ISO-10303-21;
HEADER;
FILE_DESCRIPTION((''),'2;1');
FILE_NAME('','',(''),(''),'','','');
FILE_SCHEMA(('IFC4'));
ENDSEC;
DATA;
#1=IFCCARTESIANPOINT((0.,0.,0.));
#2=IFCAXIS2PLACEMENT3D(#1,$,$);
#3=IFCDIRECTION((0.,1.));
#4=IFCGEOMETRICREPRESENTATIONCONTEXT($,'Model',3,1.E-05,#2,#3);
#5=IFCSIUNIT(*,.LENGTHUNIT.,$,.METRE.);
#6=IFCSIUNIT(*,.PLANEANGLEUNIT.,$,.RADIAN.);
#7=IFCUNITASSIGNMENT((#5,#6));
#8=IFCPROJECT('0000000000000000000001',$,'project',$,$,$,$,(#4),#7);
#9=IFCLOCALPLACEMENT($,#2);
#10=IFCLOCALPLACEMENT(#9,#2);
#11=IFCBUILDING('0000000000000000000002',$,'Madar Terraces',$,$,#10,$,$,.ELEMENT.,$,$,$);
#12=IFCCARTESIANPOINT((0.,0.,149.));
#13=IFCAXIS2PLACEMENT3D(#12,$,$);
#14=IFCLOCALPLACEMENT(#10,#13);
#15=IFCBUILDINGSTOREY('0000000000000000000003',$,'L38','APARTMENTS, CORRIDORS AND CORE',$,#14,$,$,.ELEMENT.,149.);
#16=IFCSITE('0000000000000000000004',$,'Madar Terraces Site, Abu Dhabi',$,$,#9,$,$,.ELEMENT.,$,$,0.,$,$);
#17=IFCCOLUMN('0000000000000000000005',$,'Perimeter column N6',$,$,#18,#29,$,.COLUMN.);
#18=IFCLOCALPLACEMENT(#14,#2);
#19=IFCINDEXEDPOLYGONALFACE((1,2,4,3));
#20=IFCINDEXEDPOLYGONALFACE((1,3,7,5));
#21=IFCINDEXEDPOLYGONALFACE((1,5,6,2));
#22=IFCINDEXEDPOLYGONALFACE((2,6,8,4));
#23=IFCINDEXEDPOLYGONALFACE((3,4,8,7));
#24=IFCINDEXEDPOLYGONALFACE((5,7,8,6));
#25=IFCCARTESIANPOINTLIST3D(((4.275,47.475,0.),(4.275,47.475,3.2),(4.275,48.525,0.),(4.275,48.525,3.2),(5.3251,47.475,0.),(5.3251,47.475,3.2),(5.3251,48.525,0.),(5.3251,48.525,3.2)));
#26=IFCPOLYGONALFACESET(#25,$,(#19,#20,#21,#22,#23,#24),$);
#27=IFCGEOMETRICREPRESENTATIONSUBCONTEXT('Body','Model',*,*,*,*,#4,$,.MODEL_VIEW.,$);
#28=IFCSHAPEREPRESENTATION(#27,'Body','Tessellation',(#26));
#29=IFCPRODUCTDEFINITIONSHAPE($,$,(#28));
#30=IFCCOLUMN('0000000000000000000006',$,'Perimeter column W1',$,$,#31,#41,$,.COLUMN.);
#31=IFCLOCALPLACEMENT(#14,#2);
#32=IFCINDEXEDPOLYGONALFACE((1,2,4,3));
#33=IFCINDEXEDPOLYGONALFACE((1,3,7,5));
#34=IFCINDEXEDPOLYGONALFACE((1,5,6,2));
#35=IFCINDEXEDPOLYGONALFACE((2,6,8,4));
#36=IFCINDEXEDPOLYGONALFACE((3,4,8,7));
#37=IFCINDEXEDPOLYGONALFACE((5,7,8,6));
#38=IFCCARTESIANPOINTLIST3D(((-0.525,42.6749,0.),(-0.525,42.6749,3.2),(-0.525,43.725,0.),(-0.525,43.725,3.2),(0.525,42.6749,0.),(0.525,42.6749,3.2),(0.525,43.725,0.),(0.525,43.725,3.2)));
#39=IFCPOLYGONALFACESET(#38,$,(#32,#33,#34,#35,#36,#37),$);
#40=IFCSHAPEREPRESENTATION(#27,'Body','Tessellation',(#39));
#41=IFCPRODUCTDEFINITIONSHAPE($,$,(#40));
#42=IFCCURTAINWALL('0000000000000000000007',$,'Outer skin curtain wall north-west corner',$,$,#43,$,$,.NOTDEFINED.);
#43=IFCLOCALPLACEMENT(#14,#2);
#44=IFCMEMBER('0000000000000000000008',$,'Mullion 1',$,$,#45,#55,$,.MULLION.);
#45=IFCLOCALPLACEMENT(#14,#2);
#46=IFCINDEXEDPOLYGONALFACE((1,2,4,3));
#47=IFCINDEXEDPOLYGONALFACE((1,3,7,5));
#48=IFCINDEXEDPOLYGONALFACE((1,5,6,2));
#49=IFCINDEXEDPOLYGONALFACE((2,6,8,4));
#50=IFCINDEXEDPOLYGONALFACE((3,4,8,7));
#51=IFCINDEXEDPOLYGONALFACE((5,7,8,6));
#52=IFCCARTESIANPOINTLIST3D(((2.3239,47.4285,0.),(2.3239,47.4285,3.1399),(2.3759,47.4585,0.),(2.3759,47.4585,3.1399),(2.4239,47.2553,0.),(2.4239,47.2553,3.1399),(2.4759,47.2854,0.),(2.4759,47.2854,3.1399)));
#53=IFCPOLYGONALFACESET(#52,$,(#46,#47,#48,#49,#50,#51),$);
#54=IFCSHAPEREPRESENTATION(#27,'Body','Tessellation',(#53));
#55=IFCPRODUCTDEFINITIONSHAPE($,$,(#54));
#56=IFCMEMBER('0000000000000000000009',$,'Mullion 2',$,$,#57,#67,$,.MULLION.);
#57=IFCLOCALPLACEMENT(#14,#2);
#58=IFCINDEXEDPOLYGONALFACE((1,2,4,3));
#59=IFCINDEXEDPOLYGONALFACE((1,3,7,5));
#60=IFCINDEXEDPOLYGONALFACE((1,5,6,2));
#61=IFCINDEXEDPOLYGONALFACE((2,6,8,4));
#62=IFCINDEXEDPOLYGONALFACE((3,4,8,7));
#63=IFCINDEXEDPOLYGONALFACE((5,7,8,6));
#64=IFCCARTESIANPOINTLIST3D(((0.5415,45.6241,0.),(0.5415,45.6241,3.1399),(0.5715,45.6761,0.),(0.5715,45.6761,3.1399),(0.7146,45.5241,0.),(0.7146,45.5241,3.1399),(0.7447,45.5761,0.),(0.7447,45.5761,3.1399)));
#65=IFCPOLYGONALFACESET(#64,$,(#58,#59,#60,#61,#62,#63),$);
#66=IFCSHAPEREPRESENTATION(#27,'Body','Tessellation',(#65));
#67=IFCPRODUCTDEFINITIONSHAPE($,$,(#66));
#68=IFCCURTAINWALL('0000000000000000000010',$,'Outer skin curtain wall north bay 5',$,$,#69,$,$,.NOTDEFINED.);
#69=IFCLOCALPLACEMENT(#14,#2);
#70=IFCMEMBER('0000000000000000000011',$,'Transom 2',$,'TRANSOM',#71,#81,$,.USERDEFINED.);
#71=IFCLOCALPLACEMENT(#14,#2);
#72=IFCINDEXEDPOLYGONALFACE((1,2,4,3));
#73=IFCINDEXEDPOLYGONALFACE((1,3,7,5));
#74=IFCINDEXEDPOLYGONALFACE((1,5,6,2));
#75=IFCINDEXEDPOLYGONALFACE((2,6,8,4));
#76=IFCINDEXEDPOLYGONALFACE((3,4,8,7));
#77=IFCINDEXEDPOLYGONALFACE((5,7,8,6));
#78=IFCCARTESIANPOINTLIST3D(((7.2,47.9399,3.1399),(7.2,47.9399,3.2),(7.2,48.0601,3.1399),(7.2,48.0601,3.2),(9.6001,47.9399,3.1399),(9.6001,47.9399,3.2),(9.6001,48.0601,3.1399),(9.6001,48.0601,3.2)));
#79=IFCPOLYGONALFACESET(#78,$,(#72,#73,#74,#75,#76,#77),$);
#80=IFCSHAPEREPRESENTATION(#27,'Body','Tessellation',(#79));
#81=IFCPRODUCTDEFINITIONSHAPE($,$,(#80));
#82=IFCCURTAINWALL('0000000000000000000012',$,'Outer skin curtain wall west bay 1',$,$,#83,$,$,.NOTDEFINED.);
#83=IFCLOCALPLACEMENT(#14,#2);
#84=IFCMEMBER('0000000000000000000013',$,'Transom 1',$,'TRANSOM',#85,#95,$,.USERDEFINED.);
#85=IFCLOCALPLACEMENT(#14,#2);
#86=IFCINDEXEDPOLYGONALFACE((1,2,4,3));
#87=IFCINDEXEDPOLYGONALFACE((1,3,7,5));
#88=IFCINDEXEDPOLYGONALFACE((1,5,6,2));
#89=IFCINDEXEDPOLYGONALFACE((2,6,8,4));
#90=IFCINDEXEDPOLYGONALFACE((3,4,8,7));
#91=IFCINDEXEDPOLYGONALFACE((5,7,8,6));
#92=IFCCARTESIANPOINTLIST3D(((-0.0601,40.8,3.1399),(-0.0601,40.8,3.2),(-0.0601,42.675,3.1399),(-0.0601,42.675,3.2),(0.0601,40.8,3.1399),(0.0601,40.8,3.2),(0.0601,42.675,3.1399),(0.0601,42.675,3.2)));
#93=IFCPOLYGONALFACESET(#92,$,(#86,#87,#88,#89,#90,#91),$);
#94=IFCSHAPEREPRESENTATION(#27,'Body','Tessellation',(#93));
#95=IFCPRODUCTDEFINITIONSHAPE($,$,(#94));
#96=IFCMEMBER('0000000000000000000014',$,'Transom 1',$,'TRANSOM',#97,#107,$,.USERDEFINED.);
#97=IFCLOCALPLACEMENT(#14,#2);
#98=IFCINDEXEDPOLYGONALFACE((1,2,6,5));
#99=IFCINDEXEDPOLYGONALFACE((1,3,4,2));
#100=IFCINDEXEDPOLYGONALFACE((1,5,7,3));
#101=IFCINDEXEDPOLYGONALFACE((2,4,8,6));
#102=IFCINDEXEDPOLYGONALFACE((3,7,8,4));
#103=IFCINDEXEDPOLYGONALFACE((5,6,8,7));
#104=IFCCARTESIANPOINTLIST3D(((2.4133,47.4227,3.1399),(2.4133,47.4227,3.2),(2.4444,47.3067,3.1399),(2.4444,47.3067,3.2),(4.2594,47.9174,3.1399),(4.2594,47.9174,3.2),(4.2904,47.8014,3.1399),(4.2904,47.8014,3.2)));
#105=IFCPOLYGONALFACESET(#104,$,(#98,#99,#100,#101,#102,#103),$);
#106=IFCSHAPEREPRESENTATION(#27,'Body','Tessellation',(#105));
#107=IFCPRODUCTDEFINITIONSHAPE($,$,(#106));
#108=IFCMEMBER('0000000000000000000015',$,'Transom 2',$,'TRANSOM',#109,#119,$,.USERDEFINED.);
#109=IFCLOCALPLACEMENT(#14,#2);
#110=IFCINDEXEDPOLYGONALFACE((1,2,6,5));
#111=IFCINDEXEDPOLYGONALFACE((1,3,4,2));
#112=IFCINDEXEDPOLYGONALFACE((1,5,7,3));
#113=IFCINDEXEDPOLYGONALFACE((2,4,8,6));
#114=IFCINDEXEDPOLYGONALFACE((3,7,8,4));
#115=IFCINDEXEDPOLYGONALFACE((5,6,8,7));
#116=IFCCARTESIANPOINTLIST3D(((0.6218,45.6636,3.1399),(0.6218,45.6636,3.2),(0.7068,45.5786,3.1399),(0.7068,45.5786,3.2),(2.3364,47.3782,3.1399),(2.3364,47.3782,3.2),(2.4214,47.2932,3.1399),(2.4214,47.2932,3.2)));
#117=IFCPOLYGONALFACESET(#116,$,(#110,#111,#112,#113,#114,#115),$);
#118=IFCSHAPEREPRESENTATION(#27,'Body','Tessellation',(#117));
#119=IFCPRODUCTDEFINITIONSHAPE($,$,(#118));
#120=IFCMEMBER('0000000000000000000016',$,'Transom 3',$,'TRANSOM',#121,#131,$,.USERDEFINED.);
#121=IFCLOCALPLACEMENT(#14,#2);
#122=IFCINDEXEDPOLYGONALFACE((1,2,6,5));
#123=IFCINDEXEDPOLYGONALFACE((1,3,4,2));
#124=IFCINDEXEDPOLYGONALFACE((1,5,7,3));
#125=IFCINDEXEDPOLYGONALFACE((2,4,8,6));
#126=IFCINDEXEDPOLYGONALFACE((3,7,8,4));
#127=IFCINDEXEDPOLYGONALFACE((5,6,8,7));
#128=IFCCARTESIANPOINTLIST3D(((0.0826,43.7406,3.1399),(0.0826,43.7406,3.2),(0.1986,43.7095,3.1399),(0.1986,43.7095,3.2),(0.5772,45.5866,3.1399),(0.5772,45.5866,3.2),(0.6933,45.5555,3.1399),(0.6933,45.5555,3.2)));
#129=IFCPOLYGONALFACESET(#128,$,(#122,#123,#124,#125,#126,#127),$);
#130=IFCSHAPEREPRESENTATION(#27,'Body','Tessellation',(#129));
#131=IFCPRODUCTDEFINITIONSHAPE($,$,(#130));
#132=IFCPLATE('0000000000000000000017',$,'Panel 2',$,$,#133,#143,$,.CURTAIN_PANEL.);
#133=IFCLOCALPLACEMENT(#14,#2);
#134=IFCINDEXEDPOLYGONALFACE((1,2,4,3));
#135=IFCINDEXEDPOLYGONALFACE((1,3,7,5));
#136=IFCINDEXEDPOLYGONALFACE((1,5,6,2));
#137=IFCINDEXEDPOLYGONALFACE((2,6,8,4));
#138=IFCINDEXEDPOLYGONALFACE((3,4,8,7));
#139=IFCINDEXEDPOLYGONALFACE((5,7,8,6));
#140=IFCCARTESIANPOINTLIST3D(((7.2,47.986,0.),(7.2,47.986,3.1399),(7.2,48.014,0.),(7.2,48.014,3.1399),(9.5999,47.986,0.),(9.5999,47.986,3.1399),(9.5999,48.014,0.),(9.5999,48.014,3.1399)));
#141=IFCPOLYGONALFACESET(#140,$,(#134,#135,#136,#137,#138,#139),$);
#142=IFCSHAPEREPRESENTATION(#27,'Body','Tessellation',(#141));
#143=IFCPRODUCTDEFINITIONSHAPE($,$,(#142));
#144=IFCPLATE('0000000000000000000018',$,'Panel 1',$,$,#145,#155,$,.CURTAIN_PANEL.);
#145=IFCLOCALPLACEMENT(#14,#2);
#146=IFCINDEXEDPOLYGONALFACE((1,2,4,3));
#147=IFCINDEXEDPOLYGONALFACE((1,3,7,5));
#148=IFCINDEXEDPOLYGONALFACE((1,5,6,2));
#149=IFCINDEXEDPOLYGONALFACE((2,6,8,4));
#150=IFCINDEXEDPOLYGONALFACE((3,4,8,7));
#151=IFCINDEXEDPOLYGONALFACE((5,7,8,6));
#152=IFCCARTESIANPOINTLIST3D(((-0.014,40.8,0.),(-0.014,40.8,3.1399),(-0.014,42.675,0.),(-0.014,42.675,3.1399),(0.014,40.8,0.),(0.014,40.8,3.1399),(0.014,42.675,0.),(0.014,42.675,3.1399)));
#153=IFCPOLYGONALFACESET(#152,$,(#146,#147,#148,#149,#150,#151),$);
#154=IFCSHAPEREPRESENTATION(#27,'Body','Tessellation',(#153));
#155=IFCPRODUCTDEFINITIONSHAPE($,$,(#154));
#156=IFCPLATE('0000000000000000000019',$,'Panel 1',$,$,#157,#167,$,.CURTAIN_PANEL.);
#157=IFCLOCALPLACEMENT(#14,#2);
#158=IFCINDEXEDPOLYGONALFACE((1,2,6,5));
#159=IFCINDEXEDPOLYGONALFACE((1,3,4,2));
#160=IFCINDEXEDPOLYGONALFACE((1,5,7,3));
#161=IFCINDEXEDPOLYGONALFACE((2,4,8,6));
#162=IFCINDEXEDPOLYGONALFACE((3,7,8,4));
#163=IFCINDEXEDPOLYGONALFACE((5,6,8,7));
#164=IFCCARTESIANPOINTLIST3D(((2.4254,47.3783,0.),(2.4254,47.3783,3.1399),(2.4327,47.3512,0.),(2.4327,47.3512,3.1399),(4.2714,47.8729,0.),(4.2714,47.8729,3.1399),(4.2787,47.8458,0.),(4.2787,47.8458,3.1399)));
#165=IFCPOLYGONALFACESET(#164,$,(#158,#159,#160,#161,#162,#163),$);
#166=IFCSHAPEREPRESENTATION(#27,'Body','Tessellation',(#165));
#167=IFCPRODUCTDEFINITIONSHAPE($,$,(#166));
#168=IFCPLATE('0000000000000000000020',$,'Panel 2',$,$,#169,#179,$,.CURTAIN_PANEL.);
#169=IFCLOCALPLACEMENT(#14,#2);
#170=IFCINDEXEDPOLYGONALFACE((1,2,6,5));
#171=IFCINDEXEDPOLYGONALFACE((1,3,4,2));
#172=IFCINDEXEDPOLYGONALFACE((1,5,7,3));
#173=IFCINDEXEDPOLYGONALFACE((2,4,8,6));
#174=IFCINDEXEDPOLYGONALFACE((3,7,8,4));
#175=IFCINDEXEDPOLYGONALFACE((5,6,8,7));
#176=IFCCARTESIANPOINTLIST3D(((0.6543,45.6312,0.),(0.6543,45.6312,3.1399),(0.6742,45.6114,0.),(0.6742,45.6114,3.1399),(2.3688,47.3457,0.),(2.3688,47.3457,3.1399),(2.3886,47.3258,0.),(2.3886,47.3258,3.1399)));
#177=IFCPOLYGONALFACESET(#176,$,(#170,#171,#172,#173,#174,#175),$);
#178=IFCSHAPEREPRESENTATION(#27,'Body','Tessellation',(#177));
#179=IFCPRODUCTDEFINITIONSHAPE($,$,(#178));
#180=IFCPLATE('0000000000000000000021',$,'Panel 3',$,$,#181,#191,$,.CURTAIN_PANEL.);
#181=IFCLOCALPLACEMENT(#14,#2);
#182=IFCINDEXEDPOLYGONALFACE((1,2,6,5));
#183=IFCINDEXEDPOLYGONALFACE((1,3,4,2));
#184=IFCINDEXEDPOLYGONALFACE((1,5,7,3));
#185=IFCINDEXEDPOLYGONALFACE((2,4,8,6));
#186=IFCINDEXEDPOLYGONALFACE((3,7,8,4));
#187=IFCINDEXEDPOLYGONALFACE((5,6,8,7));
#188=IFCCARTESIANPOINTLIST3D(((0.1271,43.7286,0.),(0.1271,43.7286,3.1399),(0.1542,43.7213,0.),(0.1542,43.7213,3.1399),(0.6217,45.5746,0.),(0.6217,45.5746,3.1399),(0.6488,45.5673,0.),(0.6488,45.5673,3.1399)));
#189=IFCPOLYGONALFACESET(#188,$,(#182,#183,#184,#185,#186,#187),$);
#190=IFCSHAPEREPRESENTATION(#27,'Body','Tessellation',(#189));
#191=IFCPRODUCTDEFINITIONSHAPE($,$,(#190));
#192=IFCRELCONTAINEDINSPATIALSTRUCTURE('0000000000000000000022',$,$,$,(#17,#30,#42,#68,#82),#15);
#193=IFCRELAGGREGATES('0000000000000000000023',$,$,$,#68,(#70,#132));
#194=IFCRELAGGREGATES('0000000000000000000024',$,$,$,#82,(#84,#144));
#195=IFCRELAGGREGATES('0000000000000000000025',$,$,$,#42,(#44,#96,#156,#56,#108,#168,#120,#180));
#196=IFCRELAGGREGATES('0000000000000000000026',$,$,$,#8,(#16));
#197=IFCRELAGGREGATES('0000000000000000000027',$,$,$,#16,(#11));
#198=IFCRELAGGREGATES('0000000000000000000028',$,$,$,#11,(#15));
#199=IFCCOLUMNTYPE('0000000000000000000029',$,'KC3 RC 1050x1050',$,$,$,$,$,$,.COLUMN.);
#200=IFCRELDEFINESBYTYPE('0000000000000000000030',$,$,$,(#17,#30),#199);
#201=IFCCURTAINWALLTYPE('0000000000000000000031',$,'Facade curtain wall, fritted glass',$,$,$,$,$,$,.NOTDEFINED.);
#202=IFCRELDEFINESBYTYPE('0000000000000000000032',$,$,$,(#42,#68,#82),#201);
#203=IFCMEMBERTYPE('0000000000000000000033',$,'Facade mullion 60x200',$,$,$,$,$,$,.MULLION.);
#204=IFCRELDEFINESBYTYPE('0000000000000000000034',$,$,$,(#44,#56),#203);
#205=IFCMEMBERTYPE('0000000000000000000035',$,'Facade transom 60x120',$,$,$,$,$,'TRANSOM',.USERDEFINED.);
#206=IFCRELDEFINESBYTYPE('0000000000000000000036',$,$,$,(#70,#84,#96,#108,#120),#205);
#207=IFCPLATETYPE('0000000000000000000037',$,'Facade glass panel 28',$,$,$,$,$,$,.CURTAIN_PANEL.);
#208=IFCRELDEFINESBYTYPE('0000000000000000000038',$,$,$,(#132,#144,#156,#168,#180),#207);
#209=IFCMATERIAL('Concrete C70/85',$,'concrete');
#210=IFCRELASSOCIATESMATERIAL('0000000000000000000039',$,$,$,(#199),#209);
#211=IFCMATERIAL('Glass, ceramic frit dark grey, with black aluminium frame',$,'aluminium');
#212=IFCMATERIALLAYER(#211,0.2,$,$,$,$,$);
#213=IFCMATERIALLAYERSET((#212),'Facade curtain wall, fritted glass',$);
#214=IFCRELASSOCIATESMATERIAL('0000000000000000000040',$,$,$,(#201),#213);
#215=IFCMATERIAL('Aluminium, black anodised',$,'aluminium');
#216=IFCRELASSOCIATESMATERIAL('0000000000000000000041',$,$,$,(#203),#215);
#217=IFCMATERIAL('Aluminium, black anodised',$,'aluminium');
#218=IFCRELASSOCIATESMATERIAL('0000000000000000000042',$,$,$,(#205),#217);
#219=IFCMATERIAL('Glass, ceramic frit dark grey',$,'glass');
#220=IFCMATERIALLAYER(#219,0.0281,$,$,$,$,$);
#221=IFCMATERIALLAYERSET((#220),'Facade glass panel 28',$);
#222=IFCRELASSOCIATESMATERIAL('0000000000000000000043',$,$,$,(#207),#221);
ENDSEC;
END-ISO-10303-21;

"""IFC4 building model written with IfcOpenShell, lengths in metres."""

from ifc_helpers import new_model, si_unit, direction, frame, origin, origin_2d, place, context, subcontext, project, spatial, rectangle, extrude, material, layer, layer_set, material_profile, profile_set, type_object, element, aggregate, save


model = new_model("IFC4")

# Units and contexts
model_context = context("Model", 3, precision=1e-05, world=origin(), true_north=direction((0.0, 1.0)))
body_context = subcontext(model_context, "Body", "Model", "MODEL_VIEW")
ifc_project = project(units=[si_unit("LENGTHUNIT", "METRE"), si_unit("PLANEANGLEUNIT", "RADIAN")], contexts=[model_context])

# Site, building, storey
site_placement = place(None, origin())
site = spatial("IfcSite", under=ifc_project, at=site_placement, Name="Madar Terraces Site, Abu Dhabi", CompositionType="ELEMENT", RefElevation=0.0)
building_placement = place(site_placement, origin())
building = spatial("IfcBuilding", under=site, at=building_placement, Name="Madar Terraces", CompositionType="ELEMENT")
storey_placement = place(building_placement, frame((0.0, 0.0, 149.0)))
storey = spatial("IfcBuildingStorey", under=building, at=storey_placement, Name="L38", Description="APARTMENTS, CORRIDORS AND CORE", CompositionType="ELEMENT", Elevation=149.0)

# Columns
ifc_material_1 = material(Name="Concrete C70/85", Category="concrete")
ifc_material_profile_1 = material_profile(ifc_material_1, rectangle(XDim=1.05, YDim=1.05, at=origin_2d()), Name="KC3 RC 1050x1050")
ifc_profile_set_1 = profile_set([ifc_material_profile_1], Name="Concrete C70/85")
column_type = type_object("IfcColumnType", Name="KC3 RC 1050x1050", PredefinedType="COLUMN", material=ifc_profile_set_1)
for number, where, z_axis, x_axis, name in (
    (1, (4.8, 48.0, 0.0), (0.0, 0.0, 1.0), (1.0, 0.0, 0.0), "Perimeter column N6"),
    (2, (0.0, 43.2, 0.0), (0.0, 0.0, 1.0), (1.0, 0.0, 0.0), "Perimeter column W1"),
):
    element("IfcColumn", number, at=place(storey_placement, frame(where, z_axis=z_axis, x_axis=x_axis)), inside=storey, type_object=column_type, Name=name, PredefinedType="COLUMN", context=body_context, shape_type="SweptSolid", body=[
        extrude(rectangle(XDim=1.05, YDim=1.05, at=origin_2d()), origin(), (0.0, 0.0, 1.0), 3.2),
    ])

# Curtain wall, members
ifc_material_2 = material(Name="Glass, ceramic frit dark grey, with black aluminium frame", Category="aluminium")
ifc_layer_1 = layer(ifc_material_2, 0.2)
ifc_layer_set_1 = layer_set([ifc_layer_1], Name="Facade curtain wall, fritted glass")
curtain_wall_type = type_object("IfcCurtainWallType", Name="Facade curtain wall, fritted glass", PredefinedType="NOTDEFINED", material=ifc_layer_set_1)
curtain_wall_1_placement = place(storey_placement, origin())
curtain_wall_1 = element("IfcCurtainWall", 3, at=curtain_wall_1_placement, inside=storey, type_object=curtain_wall_type, Name="Outer skin curtain wall north-west corner", PredefinedType="NOTDEFINED")
ifc_material_3 = material(Name="Aluminium, black anodised", Category="aluminium")
ifc_material_profile_2 = material_profile(ifc_material_3, rectangle(XDim=0.2, YDim=0.0601, at=origin_2d()), Name="Facade mullion 60x200")
ifc_profile_set_2 = profile_set([ifc_material_profile_2], Name="Aluminium, black anodised")
member_type_1 = type_object("IfcMemberType", Name="Facade mullion 60x200", PredefinedType="MULLION", material=ifc_profile_set_2)
member_1_placement = place(storey_placement, frame((2.3999, 47.3569, 0.0), z_axis=(0.0, 0.0, 1.0), x_axis=(0.5, -0.866025, 0.0)))
member_1 = element("IfcMember", 4, at=member_1_placement, type_object=member_type_1, Name="Mullion 1", PredefinedType="MULLION", context=body_context, shape_type="SweptSolid", body=[
    extrude(rectangle(XDim=0.2, YDim=0.0601, at=origin_2d()), origin(), (0.0, 0.0, 1.0), 3.1399),
])
member_2_placement = place(storey_placement, frame((0.6431, 45.6001, 0.0), z_axis=(0.0, 0.0, 1.0), x_axis=(0.866025, -0.5, 0.0)))
member_2 = element("IfcMember", 5, at=member_2_placement, type_object=member_type_1, Name="Mullion 2", PredefinedType="MULLION", context=body_context, shape_type="SweptSolid", body=[
    extrude(rectangle(XDim=0.2, YDim=0.0601, at=origin_2d()), origin(), (0.0, 0.0, 1.0), 3.1399),
])

# Curtain walls, members
curtain_wall_2_placement = place(storey_placement, origin())
curtain_wall_2 = element("IfcCurtainWall", 6, at=curtain_wall_2_placement, inside=storey, type_object=curtain_wall_type, Name="Outer skin curtain wall north bay 5", PredefinedType="NOTDEFINED")
ifc_material_4 = material(Name="Aluminium, black anodised", Category="aluminium")
ifc_material_profile_3 = material_profile(ifc_material_4, rectangle(XDim=0.1201, YDim=0.0601, at=origin_2d()), Name="Facade transom 60x120")
ifc_profile_set_3 = profile_set([ifc_material_profile_3], Name="Aluminium, black anodised")
member_type_2 = type_object("IfcMemberType", Name="Facade transom 60x120", ElementType="TRANSOM", PredefinedType="USERDEFINED", material=ifc_profile_set_3)
member_3_placement = place(storey_placement, frame((9.6001, 48.0, 3.1699), z_axis=(-1.0, 0.0, 0.0), x_axis=(0.0, -1.0, 0.0)))
member_3 = element("IfcMember", 7, at=member_3_placement, type_object=member_type_2, Name="Transom 2", ObjectType="TRANSOM", PredefinedType="USERDEFINED", context=body_context, shape_type="SweptSolid", body=[
    extrude(rectangle(XDim=0.1201, YDim=0.0601, at=origin_2d()), origin(), (0.0, 0.0, 1.0), 2.4001),
])
curtain_wall_3_placement = place(storey_placement, origin())
curtain_wall_3 = element("IfcCurtainWall", 8, at=curtain_wall_3_placement, inside=storey, type_object=curtain_wall_type, Name="Outer skin curtain wall west bay 1", PredefinedType="NOTDEFINED")
member_4_placement = place(storey_placement, frame((0.0, 42.675, 3.1699), z_axis=(0.0, -1.0, 0.0), x_axis=(1.0, 0.0, 0.0)))
member_4 = element("IfcMember", 9, at=member_4_placement, type_object=member_type_2, Name="Transom 1", ObjectType="TRANSOM", PredefinedType="USERDEFINED", context=body_context, shape_type="SweptSolid", body=[
    extrude(rectangle(XDim=0.1201, YDim=0.0601, at=origin_2d()), origin(), (0.0, 0.0, 1.0), 1.875),
])

# Members
member_5_placement = place(storey_placement, frame((4.2749, 47.8594, 3.1699), z_axis=(-0.965925, -0.258823, 0.0), x_axis=(0.258823, -0.965925, 0.0)))
member_5 = element("IfcMember", 10, at=member_5_placement, type_object=member_type_2, Name="Transom 1", ObjectType="TRANSOM", PredefinedType="USERDEFINED", context=body_context, shape_type="SweptSolid", body=[
    extrude(rectangle(XDim=0.1201, YDim=0.0601, at=origin_2d()), origin(), (0.0, 0.0, 1.0), 1.9111),
])
member_6_placement = place(storey_placement, frame((2.3789, 47.3357, 3.1699), z_axis=(-0.707107, -0.707107, 0.0), x_axis=(0.707107, -0.707107, 0.0)))
member_6 = element("IfcMember", 11, at=member_6_placement, type_object=member_type_2, Name="Transom 2", ObjectType="TRANSOM", PredefinedType="USERDEFINED", context=body_context, shape_type="SweptSolid", body=[
    extrude(rectangle(XDim=0.1201, YDim=0.0601, at=origin_2d()), origin(), (0.0, 0.0, 1.0), 2.4248),
])
member_7_placement = place(storey_placement, frame((0.6353, 45.571, 3.1699), z_axis=(-0.258823, -0.965925, 0.0), x_axis=(0.965925, -0.258823, 0.0)))
member_7 = element("IfcMember", 12, at=member_7_placement, type_object=member_type_2, Name="Transom 3", ObjectType="TRANSOM", PredefinedType="USERDEFINED", context=body_context, shape_type="SweptSolid", body=[
    extrude(rectangle(XDim=0.1201, YDim=0.0601, at=origin_2d()), origin(), (0.0, 0.0, 1.0), 1.9111),
])

# Plates
ifc_material_5 = material(Name="Glass, ceramic frit dark grey", Category="glass")
ifc_layer_2 = layer(ifc_material_5, 0.0281)
ifc_layer_set_2 = layer_set([ifc_layer_2], Name="Facade glass panel 28")
plate_type = type_object("IfcPlateType", Name="Facade glass panel 28", PredefinedType="CURTAIN_PANEL", material=ifc_layer_set_2)
plate_1_placement = place(storey_placement, frame((8.3999, 48.0, 0.0), z_axis=(0.0, 0.0, 1.0), x_axis=(-1.0, 0.0, 0.0)))
plate_1 = element("IfcPlate", 13, at=plate_1_placement, type_object=plate_type, Name="Panel 2", PredefinedType="CURTAIN_PANEL", context=body_context, shape_type="SweptSolid", body=[
    extrude(rectangle(XDim=2.3999, YDim=0.0281, at=origin_2d()), origin(), (0.0, 0.0, 1.0), 3.1399),
])
aggregate(curtain_wall_2, [member_3, plate_1])
plate_2_placement = place(storey_placement, frame((0.0, 41.7375, 0.0), z_axis=(0.0, 0.0, 1.0), x_axis=(0.0, -1.0, 0.0)))
plate_2 = element("IfcPlate", 14, at=plate_2_placement, type_object=plate_type, Name="Panel 1", PredefinedType="CURTAIN_PANEL", context=body_context, shape_type="SweptSolid", body=[
    extrude(rectangle(XDim=1.875, YDim=0.0281, at=origin_2d()), origin(), (0.0, 0.0, 1.0), 3.1399),
])
aggregate(curtain_wall_3, [member_4, plate_2])
plate_3_placement = place(storey_placement, frame((3.3521, 47.6121, 0.0), z_axis=(0.0, 0.0, 1.0), x_axis=(-0.965926, -0.258819, 0.0)))
plate_3 = element("IfcPlate", 15, at=plate_3_placement, type_object=plate_type, Name="Panel 1", PredefinedType="CURTAIN_PANEL", context=body_context, shape_type="SweptSolid", body=[
    extrude(rectangle(XDim=1.9111, YDim=0.0281, at=origin_2d()), origin(), (0.0, 0.0, 1.0), 3.1399),
])
plate_4_placement = place(storey_placement, frame((1.5215, 46.4785, 0.0), z_axis=(0.0, 0.0, 1.0), x_axis=(-0.707107, -0.707107, 0.0)))
plate_4 = element("IfcPlate", 16, at=plate_4_placement, type_object=plate_type, Name="Panel 2", PredefinedType="CURTAIN_PANEL", context=body_context, shape_type="SweptSolid", body=[
    extrude(rectangle(XDim=2.4246, YDim=0.0281, at=origin_2d()), origin(), (0.0, 0.0, 1.0), 3.1399),
])
plate_5_placement = place(storey_placement, frame((0.3879, 44.6479, 0.0), z_axis=(0.0, 0.0, 1.0), x_axis=(-0.258819, -0.965926, 0.0)))
plate_5 = element("IfcPlate", 17, at=plate_5_placement, type_object=plate_type, Name="Panel 3", PredefinedType="CURTAIN_PANEL", context=body_context, shape_type="SweptSolid", body=[
    extrude(rectangle(XDim=1.9111, YDim=0.0281, at=origin_2d()), origin(), (0.0, 0.0, 1.0), 3.1399),
])
aggregate(curtain_wall_1, [member_1, member_5, plate_3, member_2, member_6, plate_4, member_7, plate_5])

save(model, "model.ifc")
